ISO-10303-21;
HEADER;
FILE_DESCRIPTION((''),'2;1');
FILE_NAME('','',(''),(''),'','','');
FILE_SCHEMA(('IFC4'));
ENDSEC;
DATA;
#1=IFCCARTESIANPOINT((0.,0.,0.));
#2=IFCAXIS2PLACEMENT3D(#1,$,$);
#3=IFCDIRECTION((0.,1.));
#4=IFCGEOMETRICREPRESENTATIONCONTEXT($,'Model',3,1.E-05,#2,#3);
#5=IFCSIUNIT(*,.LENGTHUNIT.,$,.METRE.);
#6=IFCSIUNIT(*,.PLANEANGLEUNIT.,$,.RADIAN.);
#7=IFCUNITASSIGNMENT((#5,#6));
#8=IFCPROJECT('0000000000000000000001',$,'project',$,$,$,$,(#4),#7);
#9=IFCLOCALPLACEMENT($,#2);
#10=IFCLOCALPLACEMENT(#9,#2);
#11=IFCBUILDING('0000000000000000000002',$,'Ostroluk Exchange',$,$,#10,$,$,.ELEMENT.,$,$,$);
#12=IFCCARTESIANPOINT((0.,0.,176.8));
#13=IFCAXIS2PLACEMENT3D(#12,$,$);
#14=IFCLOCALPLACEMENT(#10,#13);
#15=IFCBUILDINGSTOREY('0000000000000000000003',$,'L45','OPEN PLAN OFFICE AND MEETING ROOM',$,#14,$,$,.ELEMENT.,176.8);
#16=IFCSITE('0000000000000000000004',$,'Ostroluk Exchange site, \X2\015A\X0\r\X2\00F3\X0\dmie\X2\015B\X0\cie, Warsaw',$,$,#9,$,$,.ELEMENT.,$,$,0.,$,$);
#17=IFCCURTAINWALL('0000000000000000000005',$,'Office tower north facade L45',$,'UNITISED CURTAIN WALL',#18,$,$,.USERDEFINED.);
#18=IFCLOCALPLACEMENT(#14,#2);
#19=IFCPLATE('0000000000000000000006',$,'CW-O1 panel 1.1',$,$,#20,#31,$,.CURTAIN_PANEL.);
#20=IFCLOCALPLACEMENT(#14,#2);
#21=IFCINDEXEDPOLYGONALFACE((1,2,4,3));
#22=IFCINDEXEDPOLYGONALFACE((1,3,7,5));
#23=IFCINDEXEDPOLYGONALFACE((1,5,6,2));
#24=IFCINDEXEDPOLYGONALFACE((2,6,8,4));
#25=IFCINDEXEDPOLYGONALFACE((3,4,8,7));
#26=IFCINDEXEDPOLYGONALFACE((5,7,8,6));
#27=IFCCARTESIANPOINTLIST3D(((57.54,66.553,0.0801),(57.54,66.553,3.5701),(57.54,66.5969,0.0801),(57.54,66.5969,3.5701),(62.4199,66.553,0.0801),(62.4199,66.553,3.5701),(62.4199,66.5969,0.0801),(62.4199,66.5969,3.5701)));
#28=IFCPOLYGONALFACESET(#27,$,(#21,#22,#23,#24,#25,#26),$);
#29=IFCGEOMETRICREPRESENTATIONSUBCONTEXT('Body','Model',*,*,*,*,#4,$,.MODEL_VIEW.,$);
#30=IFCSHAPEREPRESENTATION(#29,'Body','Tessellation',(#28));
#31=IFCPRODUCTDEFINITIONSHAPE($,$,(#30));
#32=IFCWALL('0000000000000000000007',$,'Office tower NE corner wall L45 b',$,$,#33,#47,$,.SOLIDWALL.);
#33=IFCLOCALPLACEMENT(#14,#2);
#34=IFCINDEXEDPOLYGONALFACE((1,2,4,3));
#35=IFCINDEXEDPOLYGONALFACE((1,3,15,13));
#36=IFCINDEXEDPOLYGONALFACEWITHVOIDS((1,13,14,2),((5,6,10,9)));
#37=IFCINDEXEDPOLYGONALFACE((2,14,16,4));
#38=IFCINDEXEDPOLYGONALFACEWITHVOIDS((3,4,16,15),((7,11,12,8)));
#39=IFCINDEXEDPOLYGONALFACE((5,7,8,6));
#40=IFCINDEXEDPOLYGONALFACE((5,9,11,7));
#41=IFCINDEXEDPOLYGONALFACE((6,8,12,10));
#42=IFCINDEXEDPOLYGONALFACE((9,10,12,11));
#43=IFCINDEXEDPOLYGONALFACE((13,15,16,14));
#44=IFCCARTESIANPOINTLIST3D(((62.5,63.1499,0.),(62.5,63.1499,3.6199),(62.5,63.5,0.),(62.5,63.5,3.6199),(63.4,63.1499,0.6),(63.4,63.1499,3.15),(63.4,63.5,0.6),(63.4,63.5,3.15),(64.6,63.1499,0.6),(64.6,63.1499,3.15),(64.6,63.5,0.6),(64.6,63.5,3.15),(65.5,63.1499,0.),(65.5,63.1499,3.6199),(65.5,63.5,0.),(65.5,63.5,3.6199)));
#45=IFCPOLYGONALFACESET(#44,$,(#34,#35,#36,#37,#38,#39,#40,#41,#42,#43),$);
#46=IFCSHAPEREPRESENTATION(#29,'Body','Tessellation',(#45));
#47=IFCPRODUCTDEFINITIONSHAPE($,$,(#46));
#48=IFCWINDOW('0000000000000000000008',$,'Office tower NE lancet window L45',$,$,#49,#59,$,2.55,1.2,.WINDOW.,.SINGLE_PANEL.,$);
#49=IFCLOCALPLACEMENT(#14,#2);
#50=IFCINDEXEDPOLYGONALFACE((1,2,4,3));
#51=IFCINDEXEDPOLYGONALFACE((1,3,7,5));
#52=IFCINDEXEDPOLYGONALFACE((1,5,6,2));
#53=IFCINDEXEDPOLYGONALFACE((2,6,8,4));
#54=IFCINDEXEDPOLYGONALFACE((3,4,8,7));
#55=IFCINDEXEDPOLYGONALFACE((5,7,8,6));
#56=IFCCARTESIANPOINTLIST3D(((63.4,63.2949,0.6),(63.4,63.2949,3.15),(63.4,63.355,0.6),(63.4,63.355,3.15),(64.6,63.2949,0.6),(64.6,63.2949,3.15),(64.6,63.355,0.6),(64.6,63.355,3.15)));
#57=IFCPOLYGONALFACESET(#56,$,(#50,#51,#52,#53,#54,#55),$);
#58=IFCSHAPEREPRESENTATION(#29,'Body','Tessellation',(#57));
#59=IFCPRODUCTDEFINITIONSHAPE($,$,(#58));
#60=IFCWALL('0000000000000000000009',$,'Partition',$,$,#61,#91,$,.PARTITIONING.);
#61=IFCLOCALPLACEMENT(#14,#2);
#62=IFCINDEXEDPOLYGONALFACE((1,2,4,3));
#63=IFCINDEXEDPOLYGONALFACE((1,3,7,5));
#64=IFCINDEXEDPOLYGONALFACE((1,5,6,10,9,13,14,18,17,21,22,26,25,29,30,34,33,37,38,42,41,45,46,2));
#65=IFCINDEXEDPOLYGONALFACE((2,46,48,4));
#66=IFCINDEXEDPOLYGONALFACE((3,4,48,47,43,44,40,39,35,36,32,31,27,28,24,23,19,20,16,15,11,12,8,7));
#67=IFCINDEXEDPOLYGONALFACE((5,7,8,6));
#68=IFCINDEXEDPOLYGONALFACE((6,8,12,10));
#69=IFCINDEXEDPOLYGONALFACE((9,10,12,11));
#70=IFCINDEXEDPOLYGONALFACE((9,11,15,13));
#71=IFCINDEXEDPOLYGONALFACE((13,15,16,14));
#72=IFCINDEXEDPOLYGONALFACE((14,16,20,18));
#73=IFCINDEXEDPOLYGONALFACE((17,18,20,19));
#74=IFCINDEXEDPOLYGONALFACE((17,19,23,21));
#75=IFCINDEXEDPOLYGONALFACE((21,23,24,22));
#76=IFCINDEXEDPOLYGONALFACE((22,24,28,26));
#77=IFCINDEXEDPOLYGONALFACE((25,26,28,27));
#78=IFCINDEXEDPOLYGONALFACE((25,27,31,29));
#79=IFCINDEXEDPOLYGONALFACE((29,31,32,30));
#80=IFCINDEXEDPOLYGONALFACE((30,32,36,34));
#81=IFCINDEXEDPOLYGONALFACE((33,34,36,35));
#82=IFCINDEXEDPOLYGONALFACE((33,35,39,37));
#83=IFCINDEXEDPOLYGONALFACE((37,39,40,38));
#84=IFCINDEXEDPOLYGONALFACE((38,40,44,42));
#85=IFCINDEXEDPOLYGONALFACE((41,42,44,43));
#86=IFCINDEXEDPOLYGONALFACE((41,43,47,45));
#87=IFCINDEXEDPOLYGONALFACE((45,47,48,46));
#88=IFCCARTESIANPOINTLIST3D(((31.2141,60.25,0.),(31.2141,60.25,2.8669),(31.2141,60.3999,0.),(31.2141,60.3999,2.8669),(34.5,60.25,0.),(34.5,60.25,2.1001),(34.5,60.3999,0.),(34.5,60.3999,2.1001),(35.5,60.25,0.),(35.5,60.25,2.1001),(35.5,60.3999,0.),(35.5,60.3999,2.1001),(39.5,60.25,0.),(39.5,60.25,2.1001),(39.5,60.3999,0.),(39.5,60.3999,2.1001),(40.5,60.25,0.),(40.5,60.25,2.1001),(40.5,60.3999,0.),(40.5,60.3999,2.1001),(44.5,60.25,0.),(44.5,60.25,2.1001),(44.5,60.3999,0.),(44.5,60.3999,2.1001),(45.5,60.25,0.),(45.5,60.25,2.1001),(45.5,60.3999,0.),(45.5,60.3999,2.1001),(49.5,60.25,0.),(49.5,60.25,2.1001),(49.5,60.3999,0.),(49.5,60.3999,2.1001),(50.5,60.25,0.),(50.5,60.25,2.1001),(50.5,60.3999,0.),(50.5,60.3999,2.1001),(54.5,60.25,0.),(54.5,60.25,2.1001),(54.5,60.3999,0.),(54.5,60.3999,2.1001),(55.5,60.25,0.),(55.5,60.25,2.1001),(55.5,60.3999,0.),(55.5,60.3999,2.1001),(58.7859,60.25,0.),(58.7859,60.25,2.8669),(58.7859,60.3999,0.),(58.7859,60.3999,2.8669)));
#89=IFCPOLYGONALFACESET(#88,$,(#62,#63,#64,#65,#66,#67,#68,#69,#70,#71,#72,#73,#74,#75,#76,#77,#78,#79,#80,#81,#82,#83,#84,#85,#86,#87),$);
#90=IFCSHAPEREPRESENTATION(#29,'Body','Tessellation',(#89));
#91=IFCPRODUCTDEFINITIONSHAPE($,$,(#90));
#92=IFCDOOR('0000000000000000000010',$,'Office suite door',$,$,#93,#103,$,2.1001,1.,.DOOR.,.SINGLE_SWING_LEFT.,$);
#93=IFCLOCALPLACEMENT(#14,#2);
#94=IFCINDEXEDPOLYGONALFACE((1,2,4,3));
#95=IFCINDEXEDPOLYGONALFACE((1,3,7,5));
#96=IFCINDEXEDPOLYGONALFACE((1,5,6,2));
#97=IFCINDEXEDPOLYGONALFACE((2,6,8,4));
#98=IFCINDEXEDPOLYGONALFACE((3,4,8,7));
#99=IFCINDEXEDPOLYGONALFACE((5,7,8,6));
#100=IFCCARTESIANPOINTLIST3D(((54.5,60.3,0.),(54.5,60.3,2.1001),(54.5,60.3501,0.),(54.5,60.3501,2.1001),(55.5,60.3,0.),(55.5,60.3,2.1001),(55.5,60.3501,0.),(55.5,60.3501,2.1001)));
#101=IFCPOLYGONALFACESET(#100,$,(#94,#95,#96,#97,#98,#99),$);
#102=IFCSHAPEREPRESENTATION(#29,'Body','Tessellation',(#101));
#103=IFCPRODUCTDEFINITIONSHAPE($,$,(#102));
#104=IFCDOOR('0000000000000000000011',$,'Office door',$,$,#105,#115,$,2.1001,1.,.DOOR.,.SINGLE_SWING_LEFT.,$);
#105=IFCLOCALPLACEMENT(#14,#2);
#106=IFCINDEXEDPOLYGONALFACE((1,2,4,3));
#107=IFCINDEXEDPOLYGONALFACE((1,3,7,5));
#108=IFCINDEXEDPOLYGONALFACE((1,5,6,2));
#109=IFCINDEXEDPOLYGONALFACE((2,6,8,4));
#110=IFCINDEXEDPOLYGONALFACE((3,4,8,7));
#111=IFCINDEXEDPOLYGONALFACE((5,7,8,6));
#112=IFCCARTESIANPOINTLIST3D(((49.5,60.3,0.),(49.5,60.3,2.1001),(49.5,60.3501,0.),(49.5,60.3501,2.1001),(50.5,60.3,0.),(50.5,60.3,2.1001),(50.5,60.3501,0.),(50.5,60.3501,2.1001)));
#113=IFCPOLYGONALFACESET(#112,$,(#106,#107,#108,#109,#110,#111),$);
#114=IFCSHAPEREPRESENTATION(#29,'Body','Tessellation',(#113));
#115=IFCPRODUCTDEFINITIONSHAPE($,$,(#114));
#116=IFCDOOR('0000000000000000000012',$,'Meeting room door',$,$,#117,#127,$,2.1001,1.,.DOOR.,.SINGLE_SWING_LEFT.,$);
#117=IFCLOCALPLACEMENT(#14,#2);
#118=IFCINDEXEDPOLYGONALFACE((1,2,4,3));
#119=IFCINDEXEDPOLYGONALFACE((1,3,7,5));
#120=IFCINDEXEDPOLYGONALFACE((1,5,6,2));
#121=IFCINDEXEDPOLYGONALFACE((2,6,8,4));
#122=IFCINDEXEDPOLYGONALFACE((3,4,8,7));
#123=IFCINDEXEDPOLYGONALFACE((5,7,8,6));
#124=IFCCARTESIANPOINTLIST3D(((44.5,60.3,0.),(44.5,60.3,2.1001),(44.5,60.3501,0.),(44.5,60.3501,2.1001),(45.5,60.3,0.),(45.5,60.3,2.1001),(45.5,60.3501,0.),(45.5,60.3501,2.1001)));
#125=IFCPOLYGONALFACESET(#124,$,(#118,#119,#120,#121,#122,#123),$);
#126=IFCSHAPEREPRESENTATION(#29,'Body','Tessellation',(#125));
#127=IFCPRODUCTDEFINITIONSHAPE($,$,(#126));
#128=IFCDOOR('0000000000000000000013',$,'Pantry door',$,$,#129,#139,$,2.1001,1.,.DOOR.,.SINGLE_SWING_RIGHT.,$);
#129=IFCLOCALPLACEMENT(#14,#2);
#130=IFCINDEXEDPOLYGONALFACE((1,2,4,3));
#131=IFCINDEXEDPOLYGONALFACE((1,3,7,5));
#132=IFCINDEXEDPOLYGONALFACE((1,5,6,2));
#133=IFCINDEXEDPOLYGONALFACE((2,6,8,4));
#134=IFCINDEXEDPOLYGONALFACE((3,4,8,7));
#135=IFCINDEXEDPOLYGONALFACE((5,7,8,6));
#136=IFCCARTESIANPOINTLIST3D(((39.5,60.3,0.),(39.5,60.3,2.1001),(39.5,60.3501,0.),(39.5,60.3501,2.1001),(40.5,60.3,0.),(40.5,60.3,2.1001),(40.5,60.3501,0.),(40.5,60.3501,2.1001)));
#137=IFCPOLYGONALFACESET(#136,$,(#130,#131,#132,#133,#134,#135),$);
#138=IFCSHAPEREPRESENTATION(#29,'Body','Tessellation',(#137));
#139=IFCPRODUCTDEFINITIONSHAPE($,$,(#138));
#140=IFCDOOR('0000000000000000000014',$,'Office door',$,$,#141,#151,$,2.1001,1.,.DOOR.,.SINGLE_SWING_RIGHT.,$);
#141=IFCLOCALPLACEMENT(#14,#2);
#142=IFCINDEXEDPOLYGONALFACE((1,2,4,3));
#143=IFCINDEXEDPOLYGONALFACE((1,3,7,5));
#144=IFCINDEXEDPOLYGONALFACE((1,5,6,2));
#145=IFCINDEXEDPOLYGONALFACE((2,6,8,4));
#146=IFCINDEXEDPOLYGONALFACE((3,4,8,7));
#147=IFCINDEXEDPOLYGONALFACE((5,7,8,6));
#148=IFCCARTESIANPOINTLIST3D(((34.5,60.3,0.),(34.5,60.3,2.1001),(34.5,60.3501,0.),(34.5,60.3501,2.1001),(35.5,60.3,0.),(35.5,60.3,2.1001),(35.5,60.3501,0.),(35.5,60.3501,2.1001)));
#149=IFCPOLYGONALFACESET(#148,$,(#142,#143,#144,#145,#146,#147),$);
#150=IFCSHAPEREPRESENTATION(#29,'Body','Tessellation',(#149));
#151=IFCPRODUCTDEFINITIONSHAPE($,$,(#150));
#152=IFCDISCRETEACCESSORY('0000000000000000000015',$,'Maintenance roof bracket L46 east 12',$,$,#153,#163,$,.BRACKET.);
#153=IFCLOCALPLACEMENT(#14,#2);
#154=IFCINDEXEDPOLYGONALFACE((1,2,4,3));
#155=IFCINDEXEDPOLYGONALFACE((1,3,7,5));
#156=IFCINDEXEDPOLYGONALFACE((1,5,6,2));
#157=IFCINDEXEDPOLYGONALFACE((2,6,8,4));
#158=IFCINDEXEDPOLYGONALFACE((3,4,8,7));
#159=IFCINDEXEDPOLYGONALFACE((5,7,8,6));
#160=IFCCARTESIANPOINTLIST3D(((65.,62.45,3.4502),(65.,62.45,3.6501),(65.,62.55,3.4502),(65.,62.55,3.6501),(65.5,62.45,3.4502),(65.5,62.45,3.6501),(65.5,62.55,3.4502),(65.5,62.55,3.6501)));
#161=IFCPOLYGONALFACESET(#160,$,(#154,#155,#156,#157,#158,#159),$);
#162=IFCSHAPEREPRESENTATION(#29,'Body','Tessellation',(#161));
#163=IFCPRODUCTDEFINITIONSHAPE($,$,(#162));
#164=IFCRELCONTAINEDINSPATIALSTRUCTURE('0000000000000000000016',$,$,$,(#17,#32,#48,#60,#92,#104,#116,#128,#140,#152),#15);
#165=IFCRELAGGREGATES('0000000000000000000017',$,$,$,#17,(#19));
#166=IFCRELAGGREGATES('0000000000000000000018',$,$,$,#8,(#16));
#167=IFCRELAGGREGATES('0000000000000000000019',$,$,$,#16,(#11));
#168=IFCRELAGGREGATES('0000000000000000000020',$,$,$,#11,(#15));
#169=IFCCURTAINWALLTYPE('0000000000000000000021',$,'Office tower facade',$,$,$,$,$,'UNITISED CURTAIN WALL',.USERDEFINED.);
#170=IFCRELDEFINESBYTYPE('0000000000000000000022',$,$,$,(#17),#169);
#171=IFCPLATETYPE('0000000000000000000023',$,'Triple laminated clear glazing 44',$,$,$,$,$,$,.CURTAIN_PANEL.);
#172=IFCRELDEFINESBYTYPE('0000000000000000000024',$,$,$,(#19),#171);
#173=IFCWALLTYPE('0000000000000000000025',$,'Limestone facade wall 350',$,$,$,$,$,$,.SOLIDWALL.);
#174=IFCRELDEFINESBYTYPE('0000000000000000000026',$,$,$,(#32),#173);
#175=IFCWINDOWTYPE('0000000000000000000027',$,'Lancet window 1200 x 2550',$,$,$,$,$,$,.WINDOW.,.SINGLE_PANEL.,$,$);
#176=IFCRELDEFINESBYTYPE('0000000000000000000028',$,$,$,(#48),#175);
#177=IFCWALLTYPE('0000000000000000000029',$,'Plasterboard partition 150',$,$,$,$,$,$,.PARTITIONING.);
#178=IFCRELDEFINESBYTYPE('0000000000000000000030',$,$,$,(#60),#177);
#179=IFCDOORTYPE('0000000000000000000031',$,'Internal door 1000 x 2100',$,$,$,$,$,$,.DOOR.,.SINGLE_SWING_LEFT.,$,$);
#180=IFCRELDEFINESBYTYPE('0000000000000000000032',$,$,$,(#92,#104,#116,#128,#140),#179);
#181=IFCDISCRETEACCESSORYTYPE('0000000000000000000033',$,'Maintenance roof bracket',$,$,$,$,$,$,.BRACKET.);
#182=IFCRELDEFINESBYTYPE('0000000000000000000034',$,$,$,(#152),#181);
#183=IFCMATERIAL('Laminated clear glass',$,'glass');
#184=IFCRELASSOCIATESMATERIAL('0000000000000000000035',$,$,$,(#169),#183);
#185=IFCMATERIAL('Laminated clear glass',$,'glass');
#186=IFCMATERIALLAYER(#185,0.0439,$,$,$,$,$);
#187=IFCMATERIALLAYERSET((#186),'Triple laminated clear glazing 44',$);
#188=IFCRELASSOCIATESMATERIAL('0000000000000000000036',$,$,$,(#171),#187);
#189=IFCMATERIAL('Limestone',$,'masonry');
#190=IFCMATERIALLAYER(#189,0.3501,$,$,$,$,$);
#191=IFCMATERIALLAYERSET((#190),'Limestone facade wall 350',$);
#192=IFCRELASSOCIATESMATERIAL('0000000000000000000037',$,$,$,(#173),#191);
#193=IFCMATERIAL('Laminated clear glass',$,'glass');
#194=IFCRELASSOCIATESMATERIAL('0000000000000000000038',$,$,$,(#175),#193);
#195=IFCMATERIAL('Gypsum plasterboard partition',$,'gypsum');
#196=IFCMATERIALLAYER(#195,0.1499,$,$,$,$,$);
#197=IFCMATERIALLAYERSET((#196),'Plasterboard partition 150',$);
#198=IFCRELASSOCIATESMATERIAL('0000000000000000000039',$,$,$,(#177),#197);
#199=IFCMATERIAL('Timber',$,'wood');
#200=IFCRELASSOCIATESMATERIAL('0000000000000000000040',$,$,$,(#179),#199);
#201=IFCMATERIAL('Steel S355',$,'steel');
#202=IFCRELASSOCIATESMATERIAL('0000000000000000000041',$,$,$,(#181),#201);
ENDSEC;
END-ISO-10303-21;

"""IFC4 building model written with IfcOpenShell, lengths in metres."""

from ifc_helpers import new_model, si_unit, direction, frame, frame_2d, origin, origin_2d, place, context, subcontext, project, spatial, rectangle, extrude, material, layer, layer_set, type_object, element, fill, aggregate, save


model = new_model("IFC4")

# Units and contexts
model_context = context("Model", 3, precision=1e-05, world=origin(), true_north=direction((0.0, 1.0)))
body_context = subcontext(model_context, "Body", "Model", "MODEL_VIEW")
ifc_project = project(units=[si_unit("LENGTHUNIT", "METRE"), si_unit("PLANEANGLEUNIT", "RADIAN")], contexts=[model_context])

# Site, building, storey
site_placement = place(None, origin())
site = spatial("IfcSite", under=ifc_project, at=site_placement, Name="Ostroluk Exchange site, Śródmieście, Warsaw", CompositionType="ELEMENT", RefElevation=0.0)
building_placement = place(site_placement, origin())
building = spatial("IfcBuilding", under=site, at=building_placement, Name="Ostroluk Exchange", CompositionType="ELEMENT")
storey_placement = place(building_placement, frame((0.0, 0.0, 176.8)))
storey = spatial("IfcBuildingStorey", under=building, at=storey_placement, Name="L45", Description="OPEN PLAN OFFICE AND MEETING ROOM", CompositionType="ELEMENT", Elevation=176.8)

# Curtain wall
ifc_material_1 = material(Name="Laminated clear glass", Category="glass")
curtain_wall_type = type_object("IfcCurtainWallType", Name="Office tower facade", ElementType="UNITISED CURTAIN WALL", PredefinedType="USERDEFINED", material=ifc_material_1)
curtain_wall_1_placement = place(storey_placement, origin())
curtain_wall_1 = element("IfcCurtainWall", 1, at=curtain_wall_1_placement, inside=storey, type_object=curtain_wall_type, Name="Office tower north facade L45", ObjectType="UNITISED CURTAIN WALL", PredefinedType="USERDEFINED")

# Plate
ifc_material_2 = material(Name="Laminated clear glass", Category="glass")
ifc_layer_1 = layer(ifc_material_2, 0.0439)
ifc_layer_set_1 = layer_set([ifc_layer_1], Name="Triple laminated clear glazing 44")
plate_type_1 = type_object("IfcPlateType", Name="Triple laminated clear glazing 44", PredefinedType="CURTAIN_PANEL", material=ifc_layer_set_1)
plate_1_placement = place(storey_placement, frame((59.98, 66.575, 0.0801), z_axis=(0.0, 0.0, 1.0), x_axis=(-1.0, 0.0, 0.0)))
plate_1 = element("IfcPlate", 2, at=plate_1_placement, type_object=plate_type_1, Name="CW-O1 panel 1.1", PredefinedType="CURTAIN_PANEL", context=body_context, shape_type="SweptSolid", body=[
    extrude(rectangle(XDim=4.8799, YDim=0.0439, at=origin_2d()), origin(), (0.0, 0.0, 1.0), 3.49),
])
aggregate(curtain_wall_1, [plate_1])

# Shared definitions
ifc_material_3 = material(Name="Limestone", Category="masonry")
ifc_layer_2 = layer(ifc_material_3, 0.3501)
ifc_layer_set_2 = layer_set([ifc_layer_2], Name="Limestone facade wall 350")
wall_type_1 = type_object("IfcWallType", Name="Limestone facade wall 350", PredefinedType="SOLIDWALL", material=ifc_layer_set_2)

# Wall, opening, window
wall_1_placement = place(storey_placement, frame((62.5, 63.325, 0.0), z_axis=(0.0, 0.0, 1.0), x_axis=(1.0, 0.0, 0.0)))
wall_1 = element("IfcWall", 3, at=wall_1_placement, inside=storey, type_object=wall_type_1, Name="Office tower NE corner wall L45 b", PredefinedType="SOLIDWALL", context=body_context, shape_type="SweptSolid", body=[
    extrude(rectangle(XDim=3.0, YDim=0.3501, at=frame_2d((1.5, 0.0))), origin(), (0.0, 0.0, 1.0), 3.6199),
])
opening_1_placement = place(wall_1_placement, frame((0.8999, 0.0, 0.6001)))
opening_1 = element("IfcOpeningElement", 4, at=opening_1_placement, cuts=wall_1, PredefinedType="OPENING", context=body_context, shape_type="SweptSolid", body=[
    extrude(rectangle(XDim=1.2, YDim=2.55, at=frame_2d((0.6001, 1.2749))), frame((0.0, 0.1851, 0.0), z_axis=(0.0, -1.0, 0.0), x_axis=(1.0, 0.0, 0.0)), (0.0, 0.0, 1.0), 0.3701),
])
ifc_material_4 = material(Name="Laminated clear glass", Category="glass")
window_type = type_object("IfcWindowType", Name="Lancet window 1200 x 2550", PartitioningType="SINGLE_PANEL", PredefinedType="WINDOW", material=ifc_material_4)
window_placement = place(opening_1_placement, origin())
window = element("IfcWindow", 5, at=window_placement, inside=storey, type_object=window_type, Name="Office tower NE lancet window L45", OverallHeight=2.55, OverallWidth=1.2, PartitioningType="SINGLE_PANEL", PredefinedType="WINDOW", context=body_context, shape_type="SweptSolid", body=[
    extrude(rectangle(XDim=1.2, YDim=2.55, at=frame_2d((0.6001, 1.2749))), frame((0.0, 0.03, 0.0), z_axis=(0.0, -1.0, 0.0), x_axis=(1.0, 0.0, 0.0)), (0.0, 0.0, 1.0), 0.0601),
])
fill(opening_1, window)

# Wall, openings, doors
ifc_material_5 = material(Name="Gypsum plasterboard partition", Category="gypsum")
ifc_layer_3 = layer(ifc_material_5, 0.1499)
ifc_layer_set_3 = layer_set([ifc_layer_3], Name="Plasterboard partition 150")
wall_type_2 = type_object("IfcWallType", Name="Plasterboard partition 150", PredefinedType="PARTITIONING", material=ifc_layer_set_3)
wall_2_placement = place(storey_placement, frame((58.7859, 60.325, 0.0), z_axis=(0.0, 0.0, 1.0), x_axis=(-1.0, 0.0, 0.0)))
wall_2 = element("IfcWall", 6, at=wall_2_placement, inside=storey, type_object=wall_type_2, Name="Partition", PredefinedType="PARTITIONING", context=body_context, shape_type="SweptSolid", body=[
    extrude(rectangle(XDim=27.5718, YDim=0.1499, at=frame_2d((13.7859, 0.0))), origin(), (0.0, 0.0, 1.0), 2.8669),
])
opening_2_placement = place(wall_2_placement, frame((3.2859, 0.0, 0.0)))
opening_2 = element("IfcOpeningElement", 7, at=opening_2_placement, cuts=wall_2, PredefinedType="OPENING", context=body_context, shape_type="SweptSolid", body=[
    extrude(rectangle(XDim=1.0, YDim=2.1001, at=frame_2d((0.5, 1.05))), frame((0.0, 0.085, 0.0), z_axis=(0.0, -1.0, 0.0), x_axis=(1.0, 0.0, 0.0)), (0.0, 0.0, 1.0), 0.1699),
])
opening_3_placement = place(wall_2_placement, frame((8.2859, 0.0, 0.0)))
opening_3 = element("IfcOpeningElement", 8, at=opening_3_placement, cuts=wall_2, PredefinedType="OPENING", context=body_context, shape_type="SweptSolid", body=[
    extrude(rectangle(XDim=1.0, YDim=2.1001, at=frame_2d((0.5, 1.05))), frame((0.0, 0.085, 0.0), z_axis=(0.0, -1.0, 0.0), x_axis=(1.0, 0.0, 0.0)), (0.0, 0.0, 1.0), 0.1699),
])
opening_4_placement = place(wall_2_placement, frame((13.2859, 0.0, 0.0)))
opening_4 = element("IfcOpeningElement", 9, at=opening_4_placement, cuts=wall_2, PredefinedType="OPENING", context=body_context, shape_type="SweptSolid", body=[
    extrude(rectangle(XDim=1.0, YDim=2.1001, at=frame_2d((0.5, 1.05))), frame((0.0, 0.085, 0.0), z_axis=(0.0, -1.0, 0.0), x_axis=(1.0, 0.0, 0.0)), (0.0, 0.0, 1.0), 0.1699),
])
opening_5_placement = place(wall_2_placement, frame((18.2859, 0.0, 0.0)))
opening_5 = element("IfcOpeningElement", 10, at=opening_5_placement, cuts=wall_2, PredefinedType="OPENING", context=body_context, shape_type="SweptSolid", body=[
    extrude(rectangle(XDim=1.0, YDim=2.1001, at=frame_2d((0.5, 1.05))), frame((0.0, 0.085, 0.0), z_axis=(0.0, -1.0, 0.0), x_axis=(1.0, 0.0, 0.0)), (0.0, 0.0, 1.0), 0.1699),
])
opening_6_placement = place(wall_2_placement, frame((23.2859, 0.0, 0.0)))
opening_6 = element("IfcOpeningElement", 11, at=opening_6_placement, cuts=wall_2, PredefinedType="OPENING", context=body_context, shape_type="SweptSolid", body=[
    extrude(rectangle(XDim=1.0, YDim=2.1001, at=frame_2d((0.5, 1.05))), frame((0.0, 0.085, 0.0), z_axis=(0.0, -1.0, 0.0), x_axis=(1.0, 0.0, 0.0)), (0.0, 0.0, 1.0), 0.1699),
])
ifc_material_6 = material(Name="Timber", Category="wood")
door_type_1 = type_object("IfcDoorType", Name="Internal door 1000 x 2100", OperationType="SINGLE_SWING_LEFT", PredefinedType="DOOR", material=ifc_material_6)
door_1_placement = place(opening_2_placement, origin())
door_1 = element("IfcDoor", 12, at=door_1_placement, inside=storey, type_object=door_type_1, Name="Office suite door", OperationType="SINGLE_SWING_LEFT", OverallHeight=2.1001, OverallWidth=1.0, PredefinedType="DOOR", context=body_context, shape_type="SweptSolid", body=[
    extrude(rectangle(XDim=1.0, YDim=2.1001, at=frame_2d((0.5, 1.05))), frame((0.0, 0.0249, 0.0), z_axis=(0.0, -1.0, 0.0), x_axis=(1.0, 0.0, 0.0)), (0.0, 0.0, 1.0), 0.05),
])
fill(opening_2, door_1)
door_2_placement = place(opening_3_placement, origin())
door_2 = element("IfcDoor", 13, at=door_2_placement, inside=storey, type_object=door_type_1, Name="Office door", OperationType="SINGLE_SWING_LEFT", OverallHeight=2.1001, OverallWidth=1.0, PredefinedType="DOOR", context=body_context, shape_type="SweptSolid", body=[
    extrude(rectangle(XDim=1.0, YDim=2.1001, at=frame_2d((0.5, 1.05))), frame((0.0, 0.0249, 0.0), z_axis=(0.0, -1.0, 0.0), x_axis=(1.0, 0.0, 0.0)), (0.0, 0.0, 1.0), 0.05),
])
fill(opening_3, door_2)
door_3_placement = place(opening_4_placement, origin())
door_3 = element("IfcDoor", 14, at=door_3_placement, inside=storey, type_object=door_type_1, Name="Meeting room door", OperationType="SINGLE_SWING_LEFT", OverallHeight=2.1001, OverallWidth=1.0, PredefinedType="DOOR", context=body_context, shape_type="SweptSolid", body=[
    extrude(rectangle(XDim=1.0, YDim=2.1001, at=frame_2d((0.5, 1.05))), frame((0.0, 0.0249, 0.0), z_axis=(0.0, -1.0, 0.0), x_axis=(1.0, 0.0, 0.0)), (0.0, 0.0, 1.0), 0.05),
])
fill(opening_4, door_3)
door_4_placement = place(opening_5_placement, origin())
door_4 = element("IfcDoor", 15, at=door_4_placement, inside=storey, type_object=door_type_1, Name="Pantry door", OperationType="SINGLE_SWING_RIGHT", OverallHeight=2.1001, OverallWidth=1.0, PredefinedType="DOOR", context=body_context, shape_type="SweptSolid", body=[
    extrude(rectangle(XDim=1.0, YDim=2.1001, at=frame_2d((0.5, 1.05))), frame((0.0, 0.0249, 0.0), z_axis=(0.0, -1.0, 0.0), x_axis=(1.0, 0.0, 0.0)), (0.0, 0.0, 1.0), 0.05),
])
fill(opening_5, door_4)
door_5_placement = place(opening_6_placement, origin())
door_5 = element("IfcDoor", 16, at=door_5_placement, inside=storey, type_object=door_type_1, Name="Office door", OperationType="SINGLE_SWING_RIGHT", OverallHeight=2.1001, OverallWidth=1.0, PredefinedType="DOOR", context=body_context, shape_type="SweptSolid", body=[
    extrude(rectangle(XDim=1.0, YDim=2.1001, at=frame_2d((0.5, 1.05))), frame((0.0, 0.0249, 0.0), z_axis=(0.0, -1.0, 0.0), x_axis=(1.0, 0.0, 0.0)), (0.0, 0.0, 1.0), 0.05),
])
fill(opening_6, door_5)

# Discrete accessory
ifc_material_7 = material(Name="Steel S355", Category="steel")
discrete_accessory_type = type_object("IfcDiscreteAccessoryType", Name="Maintenance roof bracket", PredefinedType="BRACKET", material=ifc_material_7)
discrete_accessory_placement = place(storey_placement, frame((65.25, 62.5, 3.4502), z_axis=(0.0, 0.0, 1.0), x_axis=(1.0, 0.0, 0.0)))
element("IfcDiscreteAccessory", 17, at=discrete_accessory_placement, inside=storey, type_object=discrete_accessory_type, Name="Maintenance roof bracket L46 east 12", PredefinedType="BRACKET", context=body_context, shape_type="SweptSolid", body=[
    extrude(rectangle(XDim=0.5, YDim=0.1001, at=origin_2d()), origin(), (0.0, 0.0, 1.0), 0.2),
])

save(model, "model.ifc")
